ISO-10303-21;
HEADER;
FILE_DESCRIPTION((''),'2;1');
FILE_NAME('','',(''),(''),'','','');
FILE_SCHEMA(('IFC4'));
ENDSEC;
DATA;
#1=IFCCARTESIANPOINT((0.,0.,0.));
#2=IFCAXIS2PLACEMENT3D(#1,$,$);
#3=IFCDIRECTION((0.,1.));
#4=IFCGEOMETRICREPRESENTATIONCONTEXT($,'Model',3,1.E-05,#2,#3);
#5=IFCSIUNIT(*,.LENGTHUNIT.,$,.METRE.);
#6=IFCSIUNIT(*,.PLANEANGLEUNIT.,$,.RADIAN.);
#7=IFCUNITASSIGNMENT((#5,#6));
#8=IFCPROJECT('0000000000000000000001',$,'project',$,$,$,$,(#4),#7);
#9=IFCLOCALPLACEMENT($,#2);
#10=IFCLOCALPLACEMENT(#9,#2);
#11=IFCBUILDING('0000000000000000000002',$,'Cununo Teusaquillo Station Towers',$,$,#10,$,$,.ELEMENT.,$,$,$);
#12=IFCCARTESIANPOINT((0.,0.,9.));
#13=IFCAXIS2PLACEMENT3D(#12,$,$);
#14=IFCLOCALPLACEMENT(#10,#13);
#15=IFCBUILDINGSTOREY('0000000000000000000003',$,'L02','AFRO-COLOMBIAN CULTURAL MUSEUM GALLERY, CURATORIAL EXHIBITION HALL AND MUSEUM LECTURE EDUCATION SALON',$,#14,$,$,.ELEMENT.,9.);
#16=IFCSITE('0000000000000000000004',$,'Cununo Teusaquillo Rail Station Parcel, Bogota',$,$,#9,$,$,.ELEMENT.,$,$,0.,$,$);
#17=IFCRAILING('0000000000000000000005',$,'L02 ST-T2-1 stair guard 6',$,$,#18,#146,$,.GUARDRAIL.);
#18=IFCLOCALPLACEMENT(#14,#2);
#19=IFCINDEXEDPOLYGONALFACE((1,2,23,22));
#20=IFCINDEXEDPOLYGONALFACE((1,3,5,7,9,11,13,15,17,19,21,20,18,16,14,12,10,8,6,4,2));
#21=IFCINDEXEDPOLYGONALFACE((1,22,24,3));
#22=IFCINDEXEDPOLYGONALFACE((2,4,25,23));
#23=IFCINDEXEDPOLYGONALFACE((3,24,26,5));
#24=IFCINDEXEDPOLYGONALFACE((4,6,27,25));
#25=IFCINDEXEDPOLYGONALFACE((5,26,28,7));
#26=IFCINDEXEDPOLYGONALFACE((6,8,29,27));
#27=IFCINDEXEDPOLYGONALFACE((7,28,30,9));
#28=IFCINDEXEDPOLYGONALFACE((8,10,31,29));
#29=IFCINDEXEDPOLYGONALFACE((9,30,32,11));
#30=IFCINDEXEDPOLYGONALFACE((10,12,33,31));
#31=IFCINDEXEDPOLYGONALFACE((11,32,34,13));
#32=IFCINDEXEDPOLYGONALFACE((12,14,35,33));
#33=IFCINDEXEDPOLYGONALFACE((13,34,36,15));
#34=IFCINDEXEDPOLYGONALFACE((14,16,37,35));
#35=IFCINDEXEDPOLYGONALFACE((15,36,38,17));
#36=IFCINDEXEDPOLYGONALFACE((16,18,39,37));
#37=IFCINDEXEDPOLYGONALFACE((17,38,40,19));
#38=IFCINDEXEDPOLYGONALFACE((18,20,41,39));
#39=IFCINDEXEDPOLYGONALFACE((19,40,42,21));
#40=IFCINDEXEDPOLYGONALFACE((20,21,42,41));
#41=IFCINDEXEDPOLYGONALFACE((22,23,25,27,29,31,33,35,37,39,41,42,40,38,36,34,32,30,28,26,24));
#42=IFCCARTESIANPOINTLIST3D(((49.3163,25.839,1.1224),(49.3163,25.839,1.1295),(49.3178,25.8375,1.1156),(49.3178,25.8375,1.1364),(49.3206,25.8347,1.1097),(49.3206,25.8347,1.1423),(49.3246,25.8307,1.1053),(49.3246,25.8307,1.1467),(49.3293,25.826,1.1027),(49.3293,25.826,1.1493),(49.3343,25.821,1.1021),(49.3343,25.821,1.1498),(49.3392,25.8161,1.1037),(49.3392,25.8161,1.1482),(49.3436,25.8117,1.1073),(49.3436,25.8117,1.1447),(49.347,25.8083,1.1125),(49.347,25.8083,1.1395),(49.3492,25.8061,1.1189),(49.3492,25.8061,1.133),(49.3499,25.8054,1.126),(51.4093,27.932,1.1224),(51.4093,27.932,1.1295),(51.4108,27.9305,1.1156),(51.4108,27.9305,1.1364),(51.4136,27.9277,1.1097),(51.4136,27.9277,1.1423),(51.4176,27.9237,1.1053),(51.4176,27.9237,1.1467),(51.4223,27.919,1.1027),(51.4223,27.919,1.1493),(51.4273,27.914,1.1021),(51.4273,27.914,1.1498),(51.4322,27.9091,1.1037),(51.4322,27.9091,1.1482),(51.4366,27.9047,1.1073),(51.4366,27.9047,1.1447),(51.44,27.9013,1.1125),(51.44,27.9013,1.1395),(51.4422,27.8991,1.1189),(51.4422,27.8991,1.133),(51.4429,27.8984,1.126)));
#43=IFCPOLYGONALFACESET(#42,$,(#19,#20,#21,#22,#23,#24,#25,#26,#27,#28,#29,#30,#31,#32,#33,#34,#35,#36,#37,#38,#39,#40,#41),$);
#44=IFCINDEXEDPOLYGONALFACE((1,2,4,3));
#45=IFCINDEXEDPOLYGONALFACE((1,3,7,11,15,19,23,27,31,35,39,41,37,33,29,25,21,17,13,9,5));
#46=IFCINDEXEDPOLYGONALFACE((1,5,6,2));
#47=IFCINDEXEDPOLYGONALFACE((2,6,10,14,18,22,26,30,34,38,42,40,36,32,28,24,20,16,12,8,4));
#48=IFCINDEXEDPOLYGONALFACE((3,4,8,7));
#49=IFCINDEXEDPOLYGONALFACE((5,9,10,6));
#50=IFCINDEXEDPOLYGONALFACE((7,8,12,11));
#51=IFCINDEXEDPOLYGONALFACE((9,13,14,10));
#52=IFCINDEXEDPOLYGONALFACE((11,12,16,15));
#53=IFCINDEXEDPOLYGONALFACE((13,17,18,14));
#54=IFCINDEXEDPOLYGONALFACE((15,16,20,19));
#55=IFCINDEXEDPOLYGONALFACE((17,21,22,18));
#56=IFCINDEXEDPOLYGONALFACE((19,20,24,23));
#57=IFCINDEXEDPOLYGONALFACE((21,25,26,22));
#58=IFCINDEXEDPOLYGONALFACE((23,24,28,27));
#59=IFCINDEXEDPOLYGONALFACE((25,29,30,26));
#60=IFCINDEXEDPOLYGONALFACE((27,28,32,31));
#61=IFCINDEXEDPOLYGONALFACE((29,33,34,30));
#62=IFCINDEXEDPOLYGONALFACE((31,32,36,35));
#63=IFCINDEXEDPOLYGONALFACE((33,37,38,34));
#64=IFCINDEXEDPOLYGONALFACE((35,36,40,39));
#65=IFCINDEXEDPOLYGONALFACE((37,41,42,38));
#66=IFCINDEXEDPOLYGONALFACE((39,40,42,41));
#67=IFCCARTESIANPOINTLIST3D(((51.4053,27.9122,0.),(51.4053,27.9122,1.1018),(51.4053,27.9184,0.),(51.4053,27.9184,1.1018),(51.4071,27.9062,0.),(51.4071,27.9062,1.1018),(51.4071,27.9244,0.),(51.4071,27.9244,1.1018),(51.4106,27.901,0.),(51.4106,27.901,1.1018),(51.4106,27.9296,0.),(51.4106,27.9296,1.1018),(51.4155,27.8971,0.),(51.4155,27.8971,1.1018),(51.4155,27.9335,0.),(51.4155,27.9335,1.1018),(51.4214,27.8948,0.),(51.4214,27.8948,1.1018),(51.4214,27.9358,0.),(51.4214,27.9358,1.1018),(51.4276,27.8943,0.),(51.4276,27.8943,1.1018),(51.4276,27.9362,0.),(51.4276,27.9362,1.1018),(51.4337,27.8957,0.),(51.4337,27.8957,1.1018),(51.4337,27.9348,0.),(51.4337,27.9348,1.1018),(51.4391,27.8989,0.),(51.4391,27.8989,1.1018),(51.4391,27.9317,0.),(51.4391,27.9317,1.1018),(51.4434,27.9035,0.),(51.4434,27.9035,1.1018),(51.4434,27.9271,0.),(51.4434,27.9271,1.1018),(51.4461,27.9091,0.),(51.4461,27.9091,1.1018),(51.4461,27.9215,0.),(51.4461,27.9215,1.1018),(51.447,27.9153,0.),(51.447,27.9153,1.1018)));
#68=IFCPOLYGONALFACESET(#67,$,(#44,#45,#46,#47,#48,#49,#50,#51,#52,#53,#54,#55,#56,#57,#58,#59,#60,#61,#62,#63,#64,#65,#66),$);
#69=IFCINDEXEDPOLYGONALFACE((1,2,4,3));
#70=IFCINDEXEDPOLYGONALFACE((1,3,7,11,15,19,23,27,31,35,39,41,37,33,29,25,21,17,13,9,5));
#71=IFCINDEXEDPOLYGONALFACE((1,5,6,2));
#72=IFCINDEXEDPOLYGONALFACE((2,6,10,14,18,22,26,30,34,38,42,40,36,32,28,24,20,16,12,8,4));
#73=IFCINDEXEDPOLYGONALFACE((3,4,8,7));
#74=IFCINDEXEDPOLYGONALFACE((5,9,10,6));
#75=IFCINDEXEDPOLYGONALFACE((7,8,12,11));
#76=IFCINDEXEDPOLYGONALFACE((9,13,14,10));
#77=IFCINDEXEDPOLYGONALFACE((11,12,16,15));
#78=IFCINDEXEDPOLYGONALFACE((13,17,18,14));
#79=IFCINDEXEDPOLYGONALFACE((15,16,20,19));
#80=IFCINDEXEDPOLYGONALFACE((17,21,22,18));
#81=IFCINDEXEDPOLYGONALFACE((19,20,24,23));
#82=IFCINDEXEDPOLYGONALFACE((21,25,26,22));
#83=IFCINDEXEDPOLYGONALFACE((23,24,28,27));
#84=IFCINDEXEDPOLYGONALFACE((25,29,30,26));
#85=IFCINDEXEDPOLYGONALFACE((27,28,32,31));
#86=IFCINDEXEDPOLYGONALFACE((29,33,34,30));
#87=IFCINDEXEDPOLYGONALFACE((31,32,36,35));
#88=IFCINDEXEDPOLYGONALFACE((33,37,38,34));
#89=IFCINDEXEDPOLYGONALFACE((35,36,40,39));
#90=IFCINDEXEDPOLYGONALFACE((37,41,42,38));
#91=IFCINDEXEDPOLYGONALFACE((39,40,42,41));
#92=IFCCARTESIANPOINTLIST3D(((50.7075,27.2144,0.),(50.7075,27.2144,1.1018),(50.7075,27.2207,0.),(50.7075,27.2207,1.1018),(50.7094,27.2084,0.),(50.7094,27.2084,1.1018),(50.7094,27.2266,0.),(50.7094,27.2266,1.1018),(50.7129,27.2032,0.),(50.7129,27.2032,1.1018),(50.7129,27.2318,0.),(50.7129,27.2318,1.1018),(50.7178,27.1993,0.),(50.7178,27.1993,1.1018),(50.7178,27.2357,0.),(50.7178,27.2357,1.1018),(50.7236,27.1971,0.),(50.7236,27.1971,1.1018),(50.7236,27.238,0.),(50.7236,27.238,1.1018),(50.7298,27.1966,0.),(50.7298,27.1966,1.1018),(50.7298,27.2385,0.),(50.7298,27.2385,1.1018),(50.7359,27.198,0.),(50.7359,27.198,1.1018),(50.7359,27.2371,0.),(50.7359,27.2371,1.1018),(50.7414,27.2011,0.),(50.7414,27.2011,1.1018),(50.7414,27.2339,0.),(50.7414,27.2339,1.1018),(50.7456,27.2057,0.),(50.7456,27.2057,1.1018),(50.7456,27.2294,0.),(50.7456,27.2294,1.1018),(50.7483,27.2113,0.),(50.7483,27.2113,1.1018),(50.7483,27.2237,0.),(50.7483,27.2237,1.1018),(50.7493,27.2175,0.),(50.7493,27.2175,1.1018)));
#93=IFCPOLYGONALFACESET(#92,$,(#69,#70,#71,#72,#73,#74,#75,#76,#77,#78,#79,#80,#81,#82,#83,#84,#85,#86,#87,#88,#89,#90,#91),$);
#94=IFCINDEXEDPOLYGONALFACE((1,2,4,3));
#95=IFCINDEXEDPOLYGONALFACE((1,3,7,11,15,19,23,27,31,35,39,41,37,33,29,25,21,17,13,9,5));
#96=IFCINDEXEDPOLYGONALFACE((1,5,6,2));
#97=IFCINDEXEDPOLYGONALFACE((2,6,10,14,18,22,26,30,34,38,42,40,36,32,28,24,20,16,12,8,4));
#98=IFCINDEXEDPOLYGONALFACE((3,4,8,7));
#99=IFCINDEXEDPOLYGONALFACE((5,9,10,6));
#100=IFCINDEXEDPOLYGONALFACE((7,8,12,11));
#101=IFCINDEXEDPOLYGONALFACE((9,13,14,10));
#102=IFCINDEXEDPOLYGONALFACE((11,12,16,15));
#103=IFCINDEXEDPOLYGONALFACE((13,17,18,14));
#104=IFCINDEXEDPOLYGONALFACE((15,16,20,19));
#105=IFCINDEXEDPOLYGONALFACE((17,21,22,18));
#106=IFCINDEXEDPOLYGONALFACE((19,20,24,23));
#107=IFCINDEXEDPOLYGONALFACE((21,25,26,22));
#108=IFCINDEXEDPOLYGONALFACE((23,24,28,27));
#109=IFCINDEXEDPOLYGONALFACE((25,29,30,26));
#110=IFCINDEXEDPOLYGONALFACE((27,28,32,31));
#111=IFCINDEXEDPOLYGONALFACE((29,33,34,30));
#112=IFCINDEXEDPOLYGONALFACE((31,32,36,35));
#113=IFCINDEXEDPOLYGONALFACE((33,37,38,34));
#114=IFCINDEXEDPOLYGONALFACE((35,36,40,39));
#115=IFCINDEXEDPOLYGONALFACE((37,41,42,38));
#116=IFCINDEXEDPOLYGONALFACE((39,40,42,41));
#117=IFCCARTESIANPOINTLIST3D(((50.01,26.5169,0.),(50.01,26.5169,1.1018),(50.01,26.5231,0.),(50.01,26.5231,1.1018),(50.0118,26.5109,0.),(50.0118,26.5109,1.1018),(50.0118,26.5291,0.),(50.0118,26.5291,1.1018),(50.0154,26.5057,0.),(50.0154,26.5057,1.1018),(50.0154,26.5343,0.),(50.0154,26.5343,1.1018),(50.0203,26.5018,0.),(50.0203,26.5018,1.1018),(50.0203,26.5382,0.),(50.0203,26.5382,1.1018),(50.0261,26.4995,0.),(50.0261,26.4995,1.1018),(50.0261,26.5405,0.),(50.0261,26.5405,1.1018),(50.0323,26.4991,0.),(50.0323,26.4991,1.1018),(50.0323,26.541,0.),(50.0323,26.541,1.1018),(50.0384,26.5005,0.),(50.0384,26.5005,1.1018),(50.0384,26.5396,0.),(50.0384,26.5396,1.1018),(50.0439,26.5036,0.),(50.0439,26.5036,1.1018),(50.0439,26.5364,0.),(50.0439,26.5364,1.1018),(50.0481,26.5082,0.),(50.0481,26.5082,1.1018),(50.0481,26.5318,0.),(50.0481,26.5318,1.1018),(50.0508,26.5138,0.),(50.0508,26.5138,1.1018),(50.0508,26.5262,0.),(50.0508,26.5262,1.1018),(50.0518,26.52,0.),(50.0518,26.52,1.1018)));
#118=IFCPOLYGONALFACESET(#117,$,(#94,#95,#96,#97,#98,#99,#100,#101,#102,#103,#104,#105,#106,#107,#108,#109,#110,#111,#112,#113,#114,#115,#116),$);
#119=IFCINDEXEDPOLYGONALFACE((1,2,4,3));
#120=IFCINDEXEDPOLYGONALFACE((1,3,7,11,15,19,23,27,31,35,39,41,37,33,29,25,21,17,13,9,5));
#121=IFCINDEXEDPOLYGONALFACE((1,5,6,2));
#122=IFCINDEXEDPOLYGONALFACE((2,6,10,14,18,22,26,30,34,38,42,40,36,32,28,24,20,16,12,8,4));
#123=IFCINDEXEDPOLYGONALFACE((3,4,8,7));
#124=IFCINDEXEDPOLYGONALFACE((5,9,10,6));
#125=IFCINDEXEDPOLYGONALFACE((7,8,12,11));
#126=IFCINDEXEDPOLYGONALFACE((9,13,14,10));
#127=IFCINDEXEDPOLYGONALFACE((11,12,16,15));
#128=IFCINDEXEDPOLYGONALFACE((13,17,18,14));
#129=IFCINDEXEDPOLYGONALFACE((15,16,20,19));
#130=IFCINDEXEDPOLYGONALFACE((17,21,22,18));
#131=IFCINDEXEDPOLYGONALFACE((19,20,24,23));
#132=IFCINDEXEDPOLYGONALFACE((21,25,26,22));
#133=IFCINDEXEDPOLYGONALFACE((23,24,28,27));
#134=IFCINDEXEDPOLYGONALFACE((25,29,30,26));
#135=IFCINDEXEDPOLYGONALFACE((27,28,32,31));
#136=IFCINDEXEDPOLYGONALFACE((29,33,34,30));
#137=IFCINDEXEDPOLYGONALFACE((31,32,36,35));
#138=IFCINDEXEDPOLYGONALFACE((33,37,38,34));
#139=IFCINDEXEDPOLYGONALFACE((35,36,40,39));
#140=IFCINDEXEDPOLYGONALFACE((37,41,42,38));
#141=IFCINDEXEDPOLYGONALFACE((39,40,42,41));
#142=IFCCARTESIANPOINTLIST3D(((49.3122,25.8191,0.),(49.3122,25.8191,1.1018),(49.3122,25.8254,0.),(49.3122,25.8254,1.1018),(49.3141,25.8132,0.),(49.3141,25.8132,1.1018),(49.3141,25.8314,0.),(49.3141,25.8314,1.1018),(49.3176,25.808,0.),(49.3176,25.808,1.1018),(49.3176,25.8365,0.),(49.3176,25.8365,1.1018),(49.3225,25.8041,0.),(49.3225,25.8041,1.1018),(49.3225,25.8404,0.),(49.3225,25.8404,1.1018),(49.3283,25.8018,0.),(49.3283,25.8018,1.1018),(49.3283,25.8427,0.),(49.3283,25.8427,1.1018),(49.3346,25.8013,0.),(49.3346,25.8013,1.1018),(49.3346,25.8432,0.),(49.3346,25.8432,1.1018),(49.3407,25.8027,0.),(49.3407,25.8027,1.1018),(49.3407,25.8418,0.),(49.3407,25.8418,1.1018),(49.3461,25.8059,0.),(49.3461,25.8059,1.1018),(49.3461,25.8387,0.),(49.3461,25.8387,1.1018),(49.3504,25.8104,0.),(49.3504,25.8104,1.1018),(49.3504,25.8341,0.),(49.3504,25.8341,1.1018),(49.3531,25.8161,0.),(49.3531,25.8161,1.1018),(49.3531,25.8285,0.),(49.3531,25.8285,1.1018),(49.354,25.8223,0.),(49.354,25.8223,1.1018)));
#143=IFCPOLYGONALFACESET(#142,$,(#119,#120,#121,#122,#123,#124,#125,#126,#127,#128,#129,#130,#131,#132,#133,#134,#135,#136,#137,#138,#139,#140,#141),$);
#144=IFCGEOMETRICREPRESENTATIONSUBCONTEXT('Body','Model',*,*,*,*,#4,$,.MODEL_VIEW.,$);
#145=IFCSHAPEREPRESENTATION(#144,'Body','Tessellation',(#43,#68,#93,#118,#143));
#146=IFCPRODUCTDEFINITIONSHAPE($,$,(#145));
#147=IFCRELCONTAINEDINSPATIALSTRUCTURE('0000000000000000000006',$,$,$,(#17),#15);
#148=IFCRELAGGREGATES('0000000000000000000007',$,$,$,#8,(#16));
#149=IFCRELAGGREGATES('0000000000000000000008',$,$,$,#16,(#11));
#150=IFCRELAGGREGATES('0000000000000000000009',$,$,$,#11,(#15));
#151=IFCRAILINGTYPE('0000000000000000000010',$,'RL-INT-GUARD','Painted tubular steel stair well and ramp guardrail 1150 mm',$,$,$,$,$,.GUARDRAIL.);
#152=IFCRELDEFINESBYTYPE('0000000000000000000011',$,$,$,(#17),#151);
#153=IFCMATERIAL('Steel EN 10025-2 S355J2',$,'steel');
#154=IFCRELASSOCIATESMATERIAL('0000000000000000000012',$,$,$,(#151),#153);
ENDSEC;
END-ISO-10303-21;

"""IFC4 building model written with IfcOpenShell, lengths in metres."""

from ifc_helpers import new_model, si_unit, direction, frame, origin, origin_2d, place, context, subcontext, project, spatial, circle, extrude, material, type_object, element, save


model = new_model("IFC4")

# Units and contexts
model_context = context("Model", 3, precision=1e-05, world=origin(), true_north=direction((0.0, 1.0)))
body_context = subcontext(model_context, "Body", "Model", "MODEL_VIEW")
ifc_project = project(units=[si_unit("LENGTHUNIT", "METRE"), si_unit("PLANEANGLEUNIT", "RADIAN")], contexts=[model_context])

# Site, building, storey
site_placement = place(None, origin())
site = spatial("IfcSite", under=ifc_project, at=site_placement, Name="Cununo Teusaquillo Rail Station Parcel, Bogota", CompositionType="ELEMENT", RefElevation=0.0)
building_placement = place(site_placement, origin())
building = spatial("IfcBuilding", under=site, at=building_placement, Name="Cununo Teusaquillo Station Towers", CompositionType="ELEMENT")
storey_placement = place(building_placement, frame((0.0, 0.0, 9.0)))
storey = spatial("IfcBuildingStorey", under=building, at=storey_placement, Name="L02", Description="AFRO-COLOMBIAN CULTURAL MUSEUM GALLERY, CURATORIAL EXHIBITION HALL AND MUSEUM LECTURE EDUCATION SALON", CompositionType="ELEMENT", Elevation=9.0)

# Railing
ifc_material_1 = material(Name="Steel EN 10025-2 S355J2", Category="steel")
railing_type = type_object("IfcRailingType", Name="RL-INT-GUARD", Description="Painted tubular steel stair well and ramp guardrail 1150 mm", PredefinedType="GUARDRAIL", material=ifc_material_1)
railing_1_placement = place(storey_placement, frame((51.426, 27.9153, 0.0)))
element("IfcRailing", 1, at=railing_1_placement, inside=storey, type_object=railing_type, Name="L02 ST-T2-1 stair guard 6", PredefinedType="GUARDRAIL", context=body_context, shape_type="SweptSolid", body=[
    extrude(circle(Radius=0.0239, at=origin_2d()), frame((0.0, 0.0, 1.126), z_axis=(-0.707107, -0.707107, 0.0), x_axis=(0.707107, -0.707107, 0.0)), (0.0, 0.0, 1.0), 2.96),
    extrude(circle(Radius=0.021, at=origin_2d()), origin(), (0.0, 0.0, 1.0), 1.1018),
    extrude(circle(Radius=0.021, at=origin_2d()), frame((-0.6978, -0.6978, 0.0)), (0.0, 0.0, 1.0), 1.1018),
    extrude(circle(Radius=0.021, at=origin_2d()), frame((-1.3953, -1.3953, 0.0)), (0.0, 0.0, 1.0), 1.1018),
    extrude(circle(Radius=0.021, at=origin_2d()), frame((-2.093, -2.093, 0.0)), (0.0, 0.0, 1.0), 1.1018),
])

save(model, "model.ifc")
